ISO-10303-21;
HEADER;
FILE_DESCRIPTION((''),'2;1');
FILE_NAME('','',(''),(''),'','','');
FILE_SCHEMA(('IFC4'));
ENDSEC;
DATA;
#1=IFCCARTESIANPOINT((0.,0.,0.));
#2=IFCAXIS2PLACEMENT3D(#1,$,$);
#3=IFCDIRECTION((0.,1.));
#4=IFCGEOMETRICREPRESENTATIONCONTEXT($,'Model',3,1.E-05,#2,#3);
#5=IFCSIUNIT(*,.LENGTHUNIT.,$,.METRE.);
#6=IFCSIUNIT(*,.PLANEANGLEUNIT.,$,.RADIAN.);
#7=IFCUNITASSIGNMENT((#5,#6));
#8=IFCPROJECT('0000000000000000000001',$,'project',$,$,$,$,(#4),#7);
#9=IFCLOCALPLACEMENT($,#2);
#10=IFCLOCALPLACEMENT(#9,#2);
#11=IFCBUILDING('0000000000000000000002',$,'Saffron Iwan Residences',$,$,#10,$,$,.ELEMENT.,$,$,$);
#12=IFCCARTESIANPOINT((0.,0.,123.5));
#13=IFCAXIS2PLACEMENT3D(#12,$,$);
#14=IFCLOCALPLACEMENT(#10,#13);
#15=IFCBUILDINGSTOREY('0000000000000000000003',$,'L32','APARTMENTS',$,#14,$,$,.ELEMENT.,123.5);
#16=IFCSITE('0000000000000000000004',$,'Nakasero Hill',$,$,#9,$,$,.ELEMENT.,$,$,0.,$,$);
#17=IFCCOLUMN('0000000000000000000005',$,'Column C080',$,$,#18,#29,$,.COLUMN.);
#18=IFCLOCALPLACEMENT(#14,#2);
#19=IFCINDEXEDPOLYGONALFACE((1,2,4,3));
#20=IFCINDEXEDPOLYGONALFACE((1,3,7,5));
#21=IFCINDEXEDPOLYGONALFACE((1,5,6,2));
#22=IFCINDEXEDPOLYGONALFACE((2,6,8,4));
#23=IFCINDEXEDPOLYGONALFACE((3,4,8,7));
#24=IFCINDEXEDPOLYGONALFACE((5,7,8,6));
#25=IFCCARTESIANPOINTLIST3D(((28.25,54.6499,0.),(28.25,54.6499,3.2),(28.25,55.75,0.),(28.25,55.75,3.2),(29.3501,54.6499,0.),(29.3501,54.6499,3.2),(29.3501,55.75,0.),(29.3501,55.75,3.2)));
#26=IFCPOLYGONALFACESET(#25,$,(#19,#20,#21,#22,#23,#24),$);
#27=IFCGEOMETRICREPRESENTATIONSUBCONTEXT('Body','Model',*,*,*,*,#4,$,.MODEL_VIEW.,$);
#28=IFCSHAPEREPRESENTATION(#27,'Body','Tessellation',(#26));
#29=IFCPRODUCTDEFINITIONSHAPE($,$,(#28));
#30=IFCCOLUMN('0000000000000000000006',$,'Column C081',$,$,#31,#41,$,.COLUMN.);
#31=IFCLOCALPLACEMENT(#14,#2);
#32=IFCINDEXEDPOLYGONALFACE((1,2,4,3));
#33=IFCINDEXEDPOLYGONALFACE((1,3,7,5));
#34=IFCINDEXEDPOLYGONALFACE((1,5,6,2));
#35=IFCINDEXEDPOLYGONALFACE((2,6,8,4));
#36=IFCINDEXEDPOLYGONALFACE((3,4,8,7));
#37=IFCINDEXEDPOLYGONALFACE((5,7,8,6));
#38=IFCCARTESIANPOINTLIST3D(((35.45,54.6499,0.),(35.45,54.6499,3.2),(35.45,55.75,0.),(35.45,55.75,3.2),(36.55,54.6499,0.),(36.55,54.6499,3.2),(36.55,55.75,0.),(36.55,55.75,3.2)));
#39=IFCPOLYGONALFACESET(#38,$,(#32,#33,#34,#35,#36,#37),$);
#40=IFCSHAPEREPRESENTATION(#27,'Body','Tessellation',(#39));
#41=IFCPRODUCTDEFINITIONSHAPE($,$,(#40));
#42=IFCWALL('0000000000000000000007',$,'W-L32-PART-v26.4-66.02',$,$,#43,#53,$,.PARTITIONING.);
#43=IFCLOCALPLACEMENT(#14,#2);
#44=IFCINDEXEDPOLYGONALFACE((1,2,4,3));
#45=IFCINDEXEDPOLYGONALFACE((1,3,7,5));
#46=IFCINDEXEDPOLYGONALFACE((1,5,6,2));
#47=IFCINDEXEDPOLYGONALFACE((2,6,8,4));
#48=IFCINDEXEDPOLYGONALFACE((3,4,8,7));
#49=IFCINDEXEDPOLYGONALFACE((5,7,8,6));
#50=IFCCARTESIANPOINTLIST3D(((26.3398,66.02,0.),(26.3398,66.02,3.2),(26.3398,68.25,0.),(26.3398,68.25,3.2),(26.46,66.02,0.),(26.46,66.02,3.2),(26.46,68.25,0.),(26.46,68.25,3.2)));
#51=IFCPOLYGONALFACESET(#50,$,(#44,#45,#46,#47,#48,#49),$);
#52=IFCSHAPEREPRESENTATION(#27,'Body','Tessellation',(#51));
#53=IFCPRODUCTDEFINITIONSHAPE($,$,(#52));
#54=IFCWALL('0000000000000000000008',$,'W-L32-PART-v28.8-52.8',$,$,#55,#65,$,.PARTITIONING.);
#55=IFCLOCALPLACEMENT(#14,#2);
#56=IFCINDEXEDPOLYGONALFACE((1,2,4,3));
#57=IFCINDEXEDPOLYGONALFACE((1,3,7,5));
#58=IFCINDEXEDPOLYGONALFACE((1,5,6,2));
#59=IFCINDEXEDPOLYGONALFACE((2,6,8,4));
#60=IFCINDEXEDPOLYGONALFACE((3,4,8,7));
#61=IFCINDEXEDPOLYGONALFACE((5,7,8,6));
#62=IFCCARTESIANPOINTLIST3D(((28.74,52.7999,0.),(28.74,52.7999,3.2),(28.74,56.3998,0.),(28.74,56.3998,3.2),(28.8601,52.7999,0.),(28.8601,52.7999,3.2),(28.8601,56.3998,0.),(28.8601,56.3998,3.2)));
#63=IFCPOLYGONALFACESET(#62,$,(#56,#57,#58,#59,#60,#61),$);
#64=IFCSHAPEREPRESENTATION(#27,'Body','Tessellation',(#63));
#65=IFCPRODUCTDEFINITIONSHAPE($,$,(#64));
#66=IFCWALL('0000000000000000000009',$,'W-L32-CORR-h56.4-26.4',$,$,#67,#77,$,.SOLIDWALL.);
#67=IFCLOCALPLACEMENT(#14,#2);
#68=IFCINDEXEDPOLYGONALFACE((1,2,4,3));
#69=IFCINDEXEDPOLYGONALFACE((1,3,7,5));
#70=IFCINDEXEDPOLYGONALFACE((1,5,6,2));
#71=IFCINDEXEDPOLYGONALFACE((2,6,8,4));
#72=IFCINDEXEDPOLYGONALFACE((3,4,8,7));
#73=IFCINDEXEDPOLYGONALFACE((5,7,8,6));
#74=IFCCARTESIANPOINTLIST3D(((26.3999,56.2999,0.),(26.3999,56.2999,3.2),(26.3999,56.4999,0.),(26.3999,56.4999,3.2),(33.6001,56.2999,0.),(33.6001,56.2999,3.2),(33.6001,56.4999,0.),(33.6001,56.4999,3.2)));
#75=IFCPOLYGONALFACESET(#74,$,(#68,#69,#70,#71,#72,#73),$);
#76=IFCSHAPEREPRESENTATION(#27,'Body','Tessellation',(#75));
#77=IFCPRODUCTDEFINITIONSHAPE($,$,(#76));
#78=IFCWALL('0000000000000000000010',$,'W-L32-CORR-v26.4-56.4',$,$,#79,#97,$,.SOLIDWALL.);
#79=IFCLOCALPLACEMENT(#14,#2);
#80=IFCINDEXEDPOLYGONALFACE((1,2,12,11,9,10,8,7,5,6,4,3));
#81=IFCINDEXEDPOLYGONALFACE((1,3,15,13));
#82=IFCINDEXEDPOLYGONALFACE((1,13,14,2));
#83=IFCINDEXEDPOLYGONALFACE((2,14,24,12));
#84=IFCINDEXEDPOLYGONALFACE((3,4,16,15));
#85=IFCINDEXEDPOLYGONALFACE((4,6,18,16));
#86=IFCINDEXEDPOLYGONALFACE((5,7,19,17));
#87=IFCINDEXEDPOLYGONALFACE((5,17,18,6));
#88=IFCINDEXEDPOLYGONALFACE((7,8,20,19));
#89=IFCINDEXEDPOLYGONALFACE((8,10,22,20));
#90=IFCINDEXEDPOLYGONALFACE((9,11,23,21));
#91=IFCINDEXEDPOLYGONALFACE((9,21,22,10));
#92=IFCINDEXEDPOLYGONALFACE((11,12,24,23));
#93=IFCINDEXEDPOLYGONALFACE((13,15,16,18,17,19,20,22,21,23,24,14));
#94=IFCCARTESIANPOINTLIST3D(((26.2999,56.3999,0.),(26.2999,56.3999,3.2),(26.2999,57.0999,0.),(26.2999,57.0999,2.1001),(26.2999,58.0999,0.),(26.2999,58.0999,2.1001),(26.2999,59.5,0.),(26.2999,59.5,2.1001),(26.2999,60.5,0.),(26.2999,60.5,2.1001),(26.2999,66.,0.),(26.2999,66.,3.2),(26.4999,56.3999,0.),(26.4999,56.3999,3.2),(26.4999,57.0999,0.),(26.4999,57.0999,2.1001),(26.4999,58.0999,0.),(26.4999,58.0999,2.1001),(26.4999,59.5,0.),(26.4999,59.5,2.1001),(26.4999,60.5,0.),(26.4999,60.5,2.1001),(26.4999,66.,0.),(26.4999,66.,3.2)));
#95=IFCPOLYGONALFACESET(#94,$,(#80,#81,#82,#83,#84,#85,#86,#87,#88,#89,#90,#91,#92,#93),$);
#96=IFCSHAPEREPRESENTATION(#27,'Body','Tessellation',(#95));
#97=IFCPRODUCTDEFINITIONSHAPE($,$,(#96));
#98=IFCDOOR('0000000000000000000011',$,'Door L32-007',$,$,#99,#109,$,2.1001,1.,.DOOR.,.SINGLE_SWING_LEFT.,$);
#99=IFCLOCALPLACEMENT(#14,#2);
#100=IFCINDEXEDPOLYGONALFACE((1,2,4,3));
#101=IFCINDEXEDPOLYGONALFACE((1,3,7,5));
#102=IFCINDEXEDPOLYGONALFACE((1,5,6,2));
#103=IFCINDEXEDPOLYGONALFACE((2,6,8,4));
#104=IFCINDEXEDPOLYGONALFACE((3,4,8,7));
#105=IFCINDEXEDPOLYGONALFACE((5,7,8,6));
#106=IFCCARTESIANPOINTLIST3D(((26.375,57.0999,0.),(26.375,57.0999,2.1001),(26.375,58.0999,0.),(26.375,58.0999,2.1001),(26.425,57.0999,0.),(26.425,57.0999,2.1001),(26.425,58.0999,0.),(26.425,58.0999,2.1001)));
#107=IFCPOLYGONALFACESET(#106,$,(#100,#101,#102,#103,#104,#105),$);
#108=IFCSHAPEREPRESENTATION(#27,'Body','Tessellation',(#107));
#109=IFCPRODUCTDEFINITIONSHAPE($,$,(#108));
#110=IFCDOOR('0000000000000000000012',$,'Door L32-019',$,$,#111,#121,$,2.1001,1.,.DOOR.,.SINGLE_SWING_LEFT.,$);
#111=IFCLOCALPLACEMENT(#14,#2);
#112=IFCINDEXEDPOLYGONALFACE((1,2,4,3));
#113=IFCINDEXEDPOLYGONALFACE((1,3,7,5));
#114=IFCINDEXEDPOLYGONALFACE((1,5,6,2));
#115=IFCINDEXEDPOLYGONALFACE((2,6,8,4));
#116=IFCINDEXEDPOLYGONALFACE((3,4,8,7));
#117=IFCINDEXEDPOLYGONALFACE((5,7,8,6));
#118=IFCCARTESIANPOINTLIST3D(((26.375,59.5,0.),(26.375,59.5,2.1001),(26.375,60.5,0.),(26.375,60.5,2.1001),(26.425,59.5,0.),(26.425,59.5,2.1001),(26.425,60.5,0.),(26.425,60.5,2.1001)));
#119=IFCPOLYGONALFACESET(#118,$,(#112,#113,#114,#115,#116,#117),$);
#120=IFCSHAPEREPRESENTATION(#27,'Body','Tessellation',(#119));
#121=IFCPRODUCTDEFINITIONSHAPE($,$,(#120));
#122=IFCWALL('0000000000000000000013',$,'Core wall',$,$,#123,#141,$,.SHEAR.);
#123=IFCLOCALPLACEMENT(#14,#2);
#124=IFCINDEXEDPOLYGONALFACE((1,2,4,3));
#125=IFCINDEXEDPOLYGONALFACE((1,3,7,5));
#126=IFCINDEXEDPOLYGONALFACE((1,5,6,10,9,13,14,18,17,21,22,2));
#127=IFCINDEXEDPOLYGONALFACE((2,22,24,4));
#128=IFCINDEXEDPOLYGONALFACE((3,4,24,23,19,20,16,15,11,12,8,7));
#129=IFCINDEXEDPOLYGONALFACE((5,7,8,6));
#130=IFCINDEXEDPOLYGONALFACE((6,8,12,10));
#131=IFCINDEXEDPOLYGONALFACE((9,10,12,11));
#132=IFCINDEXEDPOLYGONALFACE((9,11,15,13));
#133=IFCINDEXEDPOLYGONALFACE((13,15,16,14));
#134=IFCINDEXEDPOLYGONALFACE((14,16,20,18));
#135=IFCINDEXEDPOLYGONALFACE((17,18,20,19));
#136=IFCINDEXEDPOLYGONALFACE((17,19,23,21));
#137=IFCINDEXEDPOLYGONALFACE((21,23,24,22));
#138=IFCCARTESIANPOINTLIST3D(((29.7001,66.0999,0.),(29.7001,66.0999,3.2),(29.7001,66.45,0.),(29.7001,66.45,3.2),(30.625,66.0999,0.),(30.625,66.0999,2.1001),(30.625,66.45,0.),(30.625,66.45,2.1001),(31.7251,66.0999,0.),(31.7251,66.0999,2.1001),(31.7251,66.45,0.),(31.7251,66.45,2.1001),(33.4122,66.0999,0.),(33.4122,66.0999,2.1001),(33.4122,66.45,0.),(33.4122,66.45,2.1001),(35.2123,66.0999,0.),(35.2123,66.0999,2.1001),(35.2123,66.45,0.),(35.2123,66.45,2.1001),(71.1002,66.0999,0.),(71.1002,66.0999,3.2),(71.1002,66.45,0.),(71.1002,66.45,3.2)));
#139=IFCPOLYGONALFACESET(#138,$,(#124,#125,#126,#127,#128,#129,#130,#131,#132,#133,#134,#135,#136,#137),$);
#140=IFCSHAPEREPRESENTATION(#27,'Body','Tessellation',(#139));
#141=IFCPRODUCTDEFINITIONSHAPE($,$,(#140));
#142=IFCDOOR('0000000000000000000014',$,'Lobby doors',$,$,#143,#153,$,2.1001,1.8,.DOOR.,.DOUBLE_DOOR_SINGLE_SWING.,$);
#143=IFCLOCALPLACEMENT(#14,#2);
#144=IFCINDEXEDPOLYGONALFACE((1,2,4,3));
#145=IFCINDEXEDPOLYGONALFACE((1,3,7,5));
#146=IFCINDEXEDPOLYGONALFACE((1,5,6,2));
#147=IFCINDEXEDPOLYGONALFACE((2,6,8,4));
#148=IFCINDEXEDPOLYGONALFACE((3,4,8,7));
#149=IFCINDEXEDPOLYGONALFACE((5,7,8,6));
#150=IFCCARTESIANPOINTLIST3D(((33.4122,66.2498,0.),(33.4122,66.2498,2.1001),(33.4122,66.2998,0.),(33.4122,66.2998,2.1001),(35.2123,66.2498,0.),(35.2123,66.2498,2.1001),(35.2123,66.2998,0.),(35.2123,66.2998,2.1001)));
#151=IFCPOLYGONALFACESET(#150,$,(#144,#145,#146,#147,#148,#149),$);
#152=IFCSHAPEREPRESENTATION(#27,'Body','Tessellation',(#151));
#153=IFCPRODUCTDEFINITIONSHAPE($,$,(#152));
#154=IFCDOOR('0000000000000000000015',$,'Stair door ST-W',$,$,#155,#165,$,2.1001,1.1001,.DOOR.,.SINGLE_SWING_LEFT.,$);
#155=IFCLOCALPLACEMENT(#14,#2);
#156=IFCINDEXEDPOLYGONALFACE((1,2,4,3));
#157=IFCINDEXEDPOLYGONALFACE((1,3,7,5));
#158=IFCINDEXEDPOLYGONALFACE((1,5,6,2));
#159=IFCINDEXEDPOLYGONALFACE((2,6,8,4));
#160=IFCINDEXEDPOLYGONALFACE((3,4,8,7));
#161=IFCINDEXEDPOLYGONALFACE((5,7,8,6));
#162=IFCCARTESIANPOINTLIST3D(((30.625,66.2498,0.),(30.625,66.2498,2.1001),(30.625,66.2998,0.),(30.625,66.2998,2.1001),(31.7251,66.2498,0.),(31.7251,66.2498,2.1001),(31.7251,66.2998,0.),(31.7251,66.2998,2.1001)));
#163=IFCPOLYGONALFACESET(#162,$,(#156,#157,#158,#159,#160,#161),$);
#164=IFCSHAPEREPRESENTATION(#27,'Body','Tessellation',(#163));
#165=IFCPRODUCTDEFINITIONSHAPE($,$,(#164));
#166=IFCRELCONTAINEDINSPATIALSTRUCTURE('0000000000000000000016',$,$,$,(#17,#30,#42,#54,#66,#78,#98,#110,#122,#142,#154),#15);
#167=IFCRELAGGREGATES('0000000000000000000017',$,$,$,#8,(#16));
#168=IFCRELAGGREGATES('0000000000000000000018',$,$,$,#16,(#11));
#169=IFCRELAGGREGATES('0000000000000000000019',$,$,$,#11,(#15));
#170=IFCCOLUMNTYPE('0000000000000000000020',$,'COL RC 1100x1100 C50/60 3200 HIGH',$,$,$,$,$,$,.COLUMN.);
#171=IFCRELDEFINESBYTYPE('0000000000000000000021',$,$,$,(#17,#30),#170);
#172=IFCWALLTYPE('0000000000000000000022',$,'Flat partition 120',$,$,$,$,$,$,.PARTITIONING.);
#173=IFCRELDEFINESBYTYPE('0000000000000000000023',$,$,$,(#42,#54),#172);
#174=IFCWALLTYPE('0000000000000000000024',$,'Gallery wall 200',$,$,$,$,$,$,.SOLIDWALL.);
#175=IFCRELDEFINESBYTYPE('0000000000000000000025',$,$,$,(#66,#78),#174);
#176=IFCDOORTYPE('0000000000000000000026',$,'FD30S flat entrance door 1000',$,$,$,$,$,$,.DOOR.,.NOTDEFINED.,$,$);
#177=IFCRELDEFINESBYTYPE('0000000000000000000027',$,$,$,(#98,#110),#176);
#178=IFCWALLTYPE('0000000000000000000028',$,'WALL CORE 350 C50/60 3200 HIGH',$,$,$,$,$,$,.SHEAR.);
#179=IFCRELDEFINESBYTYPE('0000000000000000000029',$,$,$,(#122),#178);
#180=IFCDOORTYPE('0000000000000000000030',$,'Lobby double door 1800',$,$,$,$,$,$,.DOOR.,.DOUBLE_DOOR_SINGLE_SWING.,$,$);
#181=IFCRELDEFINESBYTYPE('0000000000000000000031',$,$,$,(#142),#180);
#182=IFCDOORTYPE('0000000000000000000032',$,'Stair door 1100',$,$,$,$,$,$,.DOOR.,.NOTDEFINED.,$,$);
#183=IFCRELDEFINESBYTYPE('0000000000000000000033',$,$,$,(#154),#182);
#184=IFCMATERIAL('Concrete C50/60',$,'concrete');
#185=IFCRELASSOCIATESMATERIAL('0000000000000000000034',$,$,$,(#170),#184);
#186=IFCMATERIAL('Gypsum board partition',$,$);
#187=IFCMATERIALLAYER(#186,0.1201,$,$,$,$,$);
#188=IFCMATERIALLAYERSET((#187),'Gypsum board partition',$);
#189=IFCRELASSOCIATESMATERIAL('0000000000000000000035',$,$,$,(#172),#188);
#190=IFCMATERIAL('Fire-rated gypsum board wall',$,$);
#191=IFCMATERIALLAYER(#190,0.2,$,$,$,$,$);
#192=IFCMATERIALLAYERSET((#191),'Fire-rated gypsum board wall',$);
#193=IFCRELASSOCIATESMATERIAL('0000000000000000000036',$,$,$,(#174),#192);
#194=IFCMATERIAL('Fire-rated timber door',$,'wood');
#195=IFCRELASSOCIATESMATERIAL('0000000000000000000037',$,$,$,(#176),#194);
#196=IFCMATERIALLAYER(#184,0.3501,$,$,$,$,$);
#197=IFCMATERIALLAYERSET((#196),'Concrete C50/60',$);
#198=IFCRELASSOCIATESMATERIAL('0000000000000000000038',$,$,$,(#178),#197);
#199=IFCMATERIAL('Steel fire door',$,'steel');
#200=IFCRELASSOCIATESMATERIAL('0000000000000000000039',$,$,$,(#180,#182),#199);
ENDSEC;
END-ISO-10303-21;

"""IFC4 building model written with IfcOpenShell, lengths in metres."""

from ifc_helpers import new_model, si_unit, direction, frame, frame_2d, origin, origin_2d, place, context, subcontext, project, spatial, rectangle, extrude, source, transform, mapped, material, layer, layer_set, material_profile, profile_set, type_object, element, fill, save


model = new_model("IFC4")

# Units and contexts
model_context = context("Model", 3, precision=1e-05, world=origin(), true_north=direction((0.0, 1.0)))
body_context = subcontext(model_context, "Body", "Model", "MODEL_VIEW")
ifc_project = project(units=[si_unit("LENGTHUNIT", "METRE"), si_unit("PLANEANGLEUNIT", "RADIAN")], contexts=[model_context])

# Site, building, storey
site_placement = place(None, origin())
site = spatial("IfcSite", under=ifc_project, at=site_placement, Name="Nakasero Hill", CompositionType="ELEMENT", RefElevation=0.0)
building_placement = place(site_placement, origin())
building = spatial("IfcBuilding", under=site, at=building_placement, Name="Saffron Iwan Residences", CompositionType="ELEMENT")
storey_placement = place(building_placement, frame((0.0, 0.0, 123.5)))
storey = spatial("IfcBuildingStorey", under=building, at=storey_placement, Name="L32", Description="APARTMENTS", CompositionType="ELEMENT", Elevation=123.5)

# Columns
ifc_material_1 = material(Name="Concrete C50/60", Category="concrete")
ifc_material_profile = material_profile(ifc_material_1, rectangle(XDim=1.1001, YDim=1.1001, at=origin_2d()), Name="RC 1100x1100")
ifc_profile_set = profile_set([ifc_material_profile], Name="Concrete C50/60")
column_type = type_object("IfcColumnType", Name="COL RC 1100x1100 C50/60 3200 HIGH", PredefinedType="COLUMN", material=ifc_profile_set)
shared_shape = source(origin(), body_context, "Body", "SweptSolid", [
    extrude(rectangle(XDim=1.1001, YDim=1.1001, at=origin_2d()), origin(), (0.0, 0.0, 1.0), 3.2),
])
for number, where, z_axis, x_axis, name in (
    (1, (28.8, 55.2, 0.0), (0.0, 0.0, 1.0), (1.0, 0.0, 0.0), "Column C080"),
    (2, (36.0, 55.2, 0.0), (0.0, 0.0, 1.0), (1.0, 0.0, 0.0), "Column C081"),
):
    element("IfcColumn", number, at=place(storey_placement, frame(where, z_axis=z_axis, x_axis=x_axis)), inside=storey, type_object=column_type, Name=name, PredefinedType="COLUMN", context=body_context, shape_type="MappedRepresentation", body=[
        mapped(shared_shape, transform((0.0, 0.0, 0.0))),
    ])

# Walls
ifc_material_2 = material(Name="Gypsum board partition")
ifc_layer_1 = layer(ifc_material_2, 0.1201)
ifc_layer_set_1 = layer_set([ifc_layer_1], Name="Gypsum board partition")
wall_type_1 = type_object("IfcWallType", Name="Flat partition 120", PredefinedType="PARTITIONING", material=ifc_layer_set_1)
wall_1_placement = place(storey_placement, frame((26.3999, 66.02, 0.0), z_axis=(0.0, 0.0, 1.0), x_axis=(0.0, 1.0, 0.0)))
element("IfcWall", 3, at=wall_1_placement, inside=storey, type_object=wall_type_1, Name="W-L32-PART-v26.4-66.02", PredefinedType="PARTITIONING", context=body_context, shape_type="SweptSolid", body=[
    extrude(rectangle(XDim=2.23, YDim=0.1201, at=frame_2d((1.115, 0.0))), origin(), (0.0, 0.0, 1.0), 3.2),
])
wall_2_placement = place(storey_placement, frame((28.8, 52.8, 0.0), z_axis=(0.0, 0.0, 1.0), x_axis=(0.0, 1.0, 0.0)))
element("IfcWall", 4, at=wall_2_placement, inside=storey, type_object=wall_type_1, Name="W-L32-PART-v28.8-52.8", PredefinedType="PARTITIONING", context=body_context, shape_type="SweptSolid", body=[
    extrude(rectangle(XDim=3.5999, YDim=0.1201, at=frame_2d((1.7998, 0.0))), origin(), (0.0, 0.0, 1.0), 3.2),
])
ifc_material_3 = material(Name="Fire-rated gypsum board wall")
ifc_layer_2 = layer(ifc_material_3, 0.2)
ifc_layer_set_2 = layer_set([ifc_layer_2], Name="Fire-rated gypsum board wall")
wall_type_2 = type_object("IfcWallType", Name="Gallery wall 200", PredefinedType="SOLIDWALL", material=ifc_layer_set_2)
wall_3_placement = place(storey_placement, frame((26.3999, 56.3999, 0.0), z_axis=(0.0, 0.0, 1.0), x_axis=(1.0, 0.0, 0.0)))
element("IfcWall", 5, at=wall_3_placement, inside=storey, type_object=wall_type_2, Name="W-L32-CORR-h56.4-26.4", PredefinedType="SOLIDWALL", context=body_context, shape_type="SweptSolid", body=[
    extrude(rectangle(XDim=7.2002, YDim=0.2, at=frame_2d((3.6001, 0.0))), origin(), (0.0, 0.0, 1.0), 3.2),
])

# Walls, openings, doors
wall_4_placement = place(storey_placement, frame((26.3999, 56.3999, 0.0), z_axis=(0.0, 0.0, 1.0), x_axis=(0.0, 1.0, 0.0)))
wall_4 = element("IfcWall", 6, at=wall_4_placement, inside=storey, type_object=wall_type_2, Name="W-L32-CORR-v26.4-56.4", PredefinedType="SOLIDWALL", context=body_context, shape_type="SweptSolid", body=[
    extrude(rectangle(XDim=9.6001, YDim=0.2, at=frame_2d((4.8, 0.0))), origin(), (0.0, 0.0, 1.0), 3.2),
])
opening_1_placement = place(wall_4_placement, frame((0.7, 0.0, 0.0)))
opening_1 = element("IfcOpeningElement", 7, at=opening_1_placement, cuts=wall_4, PredefinedType="OPENING", context=body_context, shape_type="SweptSolid", body=[
    extrude(rectangle(XDim=1.0, YDim=2.1001, at=frame_2d((0.5, 1.05))), frame((0.0, 0.1099, 0.0), z_axis=(0.0, -1.0, 0.0), x_axis=(1.0, 0.0, 0.0)), (0.0, 0.0, 1.0), 0.22),
])
opening_2_placement = place(wall_4_placement, frame((3.1001, 0.0, 0.0)))
opening_2 = element("IfcOpeningElement", 8, at=opening_2_placement, cuts=wall_4, PredefinedType="OPENING", context=body_context, shape_type="SweptSolid", body=[
    extrude(rectangle(XDim=1.0, YDim=2.1001, at=frame_2d((0.5, 1.05))), frame((0.0, 0.1099, 0.0), z_axis=(0.0, -1.0, 0.0), x_axis=(1.0, 0.0, 0.0)), (0.0, 0.0, 1.0), 0.22),
])
ifc_material_4 = material(Name="Fire-rated timber door", Category="wood")
door_type_1 = type_object("IfcDoorType", Name="FD30S flat entrance door 1000", OperationType="NOTDEFINED", PredefinedType="DOOR", material=ifc_material_4)
door_1_placement = place(opening_1_placement, origin())
door_1 = element("IfcDoor", 9, at=door_1_placement, inside=storey, type_object=door_type_1, Name="Door L32-007", OperationType="SINGLE_SWING_LEFT", OverallHeight=2.1001, OverallWidth=1.0, PredefinedType="DOOR", context=body_context, shape_type="SweptSolid", body=[
    extrude(rectangle(XDim=1.0, YDim=2.1001, at=frame_2d((0.5, 1.05))), frame((0.0, 0.0249, 0.0), z_axis=(0.0, -1.0, 0.0), x_axis=(1.0, 0.0, 0.0)), (0.0, 0.0, 1.0), 0.05),
])
fill(opening_1, door_1)
door_2_placement = place(opening_2_placement, origin())
door_2 = element("IfcDoor", 10, at=door_2_placement, inside=storey, type_object=door_type_1, Name="Door L32-019", OperationType="SINGLE_SWING_LEFT", OverallHeight=2.1001, OverallWidth=1.0, PredefinedType="DOOR", context=body_context, shape_type="SweptSolid", body=[
    extrude(rectangle(XDim=1.0, YDim=2.1001, at=frame_2d((0.5, 1.05))), frame((0.0, 0.0249, 0.0), z_axis=(0.0, -1.0, 0.0), x_axis=(1.0, 0.0, 0.0)), (0.0, 0.0, 1.0), 0.05),
])
fill(opening_2, door_2)
ifc_layer_3 = layer(ifc_material_1, 0.3501)
ifc_layer_set_3 = layer_set([ifc_layer_3], Name="Concrete C50/60")
wall_type_3 = type_object("IfcWallType", Name="WALL CORE 350 C50/60 3200 HIGH", PredefinedType="SHEAR", material=ifc_layer_set_3)
wall_5_placement = place(storey_placement, frame((29.7, 66.2749, 0.0), z_axis=(0.0, 0.0, 1.0), x_axis=(1.0, 0.0, 0.0)))
wall_5 = element("IfcWall", 11, at=wall_5_placement, inside=storey, type_object=wall_type_3, Name="Core wall", PredefinedType="SHEAR", context=body_context, shape_type="SweptSolid", body=[
    extrude(rectangle(XDim=41.4001, YDim=0.3501, at=frame_2d((20.7002, 0.0))), origin(), (0.0, 0.0, 1.0), 3.2),
])
opening_3_placement = place(wall_5_placement, frame((0.925, 0.0, 0.0)))
opening_3 = element("IfcOpeningElement", 12, at=opening_3_placement, cuts=wall_5, PredefinedType="OPENING", context=body_context, shape_type="SweptSolid", body=[
    extrude(rectangle(XDim=1.1001, YDim=2.1001, at=frame_2d((0.55, 1.05))), frame((0.0, 0.1851, 0.0), z_axis=(0.0, -1.0, 0.0), x_axis=(1.0, 0.0, 0.0)), (0.0, 0.0, 1.0), 0.3701),
])
opening_4_placement = place(wall_5_placement, frame((3.7124, 0.0, 0.0)))
opening_4 = element("IfcOpeningElement", 13, at=opening_4_placement, cuts=wall_5, PredefinedType="OPENING", context=body_context, shape_type="SweptSolid", body=[
    extrude(rectangle(XDim=1.8, YDim=2.1001, at=frame_2d((0.8999, 1.05))), frame((0.0, 0.1851, 0.0), z_axis=(0.0, -1.0, 0.0), x_axis=(1.0, 0.0, 0.0)), (0.0, 0.0, 1.0), 0.3701),
])
ifc_material_5 = material(Name="Steel fire door", Category="steel")
door_type_2 = type_object("IfcDoorType", Name="Lobby double door 1800", OperationType="DOUBLE_DOOR_SINGLE_SWING", PredefinedType="DOOR", material=ifc_material_5)
door_3_placement = place(opening_4_placement, origin())
door_3 = element("IfcDoor", 14, at=door_3_placement, inside=storey, type_object=door_type_2, Name="Lobby doors", OperationType="DOUBLE_DOOR_SINGLE_SWING", OverallHeight=2.1001, OverallWidth=1.8, PredefinedType="DOOR", context=body_context, shape_type="SweptSolid", body=[
    extrude(rectangle(XDim=1.8, YDim=2.1001, at=frame_2d((0.8999, 1.05))), frame((0.0, 0.0249, 0.0), z_axis=(0.0, -1.0, 0.0), x_axis=(1.0, 0.0, 0.0)), (0.0, 0.0, 1.0), 0.05),
])
fill(opening_4, door_3)
door_type_3 = type_object("IfcDoorType", Name="Stair door 1100", OperationType="NOTDEFINED", PredefinedType="DOOR", material=ifc_material_5)
door_4_placement = place(opening_3_placement, origin())
door_4 = element("IfcDoor", 15, at=door_4_placement, inside=storey, type_object=door_type_3, Name="Stair door ST-W", OperationType="SINGLE_SWING_LEFT", OverallHeight=2.1001, OverallWidth=1.1001, PredefinedType="DOOR", context=body_context, shape_type="SweptSolid", body=[
    extrude(rectangle(XDim=1.1001, YDim=2.1001, at=frame_2d((0.55, 1.05))), frame((0.0, 0.0249, 0.0), z_axis=(0.0, -1.0, 0.0), x_axis=(1.0, 0.0, 0.0)), (0.0, 0.0, 1.0), 0.05),
])
fill(opening_3, door_4)

save(model, "model.ifc")
